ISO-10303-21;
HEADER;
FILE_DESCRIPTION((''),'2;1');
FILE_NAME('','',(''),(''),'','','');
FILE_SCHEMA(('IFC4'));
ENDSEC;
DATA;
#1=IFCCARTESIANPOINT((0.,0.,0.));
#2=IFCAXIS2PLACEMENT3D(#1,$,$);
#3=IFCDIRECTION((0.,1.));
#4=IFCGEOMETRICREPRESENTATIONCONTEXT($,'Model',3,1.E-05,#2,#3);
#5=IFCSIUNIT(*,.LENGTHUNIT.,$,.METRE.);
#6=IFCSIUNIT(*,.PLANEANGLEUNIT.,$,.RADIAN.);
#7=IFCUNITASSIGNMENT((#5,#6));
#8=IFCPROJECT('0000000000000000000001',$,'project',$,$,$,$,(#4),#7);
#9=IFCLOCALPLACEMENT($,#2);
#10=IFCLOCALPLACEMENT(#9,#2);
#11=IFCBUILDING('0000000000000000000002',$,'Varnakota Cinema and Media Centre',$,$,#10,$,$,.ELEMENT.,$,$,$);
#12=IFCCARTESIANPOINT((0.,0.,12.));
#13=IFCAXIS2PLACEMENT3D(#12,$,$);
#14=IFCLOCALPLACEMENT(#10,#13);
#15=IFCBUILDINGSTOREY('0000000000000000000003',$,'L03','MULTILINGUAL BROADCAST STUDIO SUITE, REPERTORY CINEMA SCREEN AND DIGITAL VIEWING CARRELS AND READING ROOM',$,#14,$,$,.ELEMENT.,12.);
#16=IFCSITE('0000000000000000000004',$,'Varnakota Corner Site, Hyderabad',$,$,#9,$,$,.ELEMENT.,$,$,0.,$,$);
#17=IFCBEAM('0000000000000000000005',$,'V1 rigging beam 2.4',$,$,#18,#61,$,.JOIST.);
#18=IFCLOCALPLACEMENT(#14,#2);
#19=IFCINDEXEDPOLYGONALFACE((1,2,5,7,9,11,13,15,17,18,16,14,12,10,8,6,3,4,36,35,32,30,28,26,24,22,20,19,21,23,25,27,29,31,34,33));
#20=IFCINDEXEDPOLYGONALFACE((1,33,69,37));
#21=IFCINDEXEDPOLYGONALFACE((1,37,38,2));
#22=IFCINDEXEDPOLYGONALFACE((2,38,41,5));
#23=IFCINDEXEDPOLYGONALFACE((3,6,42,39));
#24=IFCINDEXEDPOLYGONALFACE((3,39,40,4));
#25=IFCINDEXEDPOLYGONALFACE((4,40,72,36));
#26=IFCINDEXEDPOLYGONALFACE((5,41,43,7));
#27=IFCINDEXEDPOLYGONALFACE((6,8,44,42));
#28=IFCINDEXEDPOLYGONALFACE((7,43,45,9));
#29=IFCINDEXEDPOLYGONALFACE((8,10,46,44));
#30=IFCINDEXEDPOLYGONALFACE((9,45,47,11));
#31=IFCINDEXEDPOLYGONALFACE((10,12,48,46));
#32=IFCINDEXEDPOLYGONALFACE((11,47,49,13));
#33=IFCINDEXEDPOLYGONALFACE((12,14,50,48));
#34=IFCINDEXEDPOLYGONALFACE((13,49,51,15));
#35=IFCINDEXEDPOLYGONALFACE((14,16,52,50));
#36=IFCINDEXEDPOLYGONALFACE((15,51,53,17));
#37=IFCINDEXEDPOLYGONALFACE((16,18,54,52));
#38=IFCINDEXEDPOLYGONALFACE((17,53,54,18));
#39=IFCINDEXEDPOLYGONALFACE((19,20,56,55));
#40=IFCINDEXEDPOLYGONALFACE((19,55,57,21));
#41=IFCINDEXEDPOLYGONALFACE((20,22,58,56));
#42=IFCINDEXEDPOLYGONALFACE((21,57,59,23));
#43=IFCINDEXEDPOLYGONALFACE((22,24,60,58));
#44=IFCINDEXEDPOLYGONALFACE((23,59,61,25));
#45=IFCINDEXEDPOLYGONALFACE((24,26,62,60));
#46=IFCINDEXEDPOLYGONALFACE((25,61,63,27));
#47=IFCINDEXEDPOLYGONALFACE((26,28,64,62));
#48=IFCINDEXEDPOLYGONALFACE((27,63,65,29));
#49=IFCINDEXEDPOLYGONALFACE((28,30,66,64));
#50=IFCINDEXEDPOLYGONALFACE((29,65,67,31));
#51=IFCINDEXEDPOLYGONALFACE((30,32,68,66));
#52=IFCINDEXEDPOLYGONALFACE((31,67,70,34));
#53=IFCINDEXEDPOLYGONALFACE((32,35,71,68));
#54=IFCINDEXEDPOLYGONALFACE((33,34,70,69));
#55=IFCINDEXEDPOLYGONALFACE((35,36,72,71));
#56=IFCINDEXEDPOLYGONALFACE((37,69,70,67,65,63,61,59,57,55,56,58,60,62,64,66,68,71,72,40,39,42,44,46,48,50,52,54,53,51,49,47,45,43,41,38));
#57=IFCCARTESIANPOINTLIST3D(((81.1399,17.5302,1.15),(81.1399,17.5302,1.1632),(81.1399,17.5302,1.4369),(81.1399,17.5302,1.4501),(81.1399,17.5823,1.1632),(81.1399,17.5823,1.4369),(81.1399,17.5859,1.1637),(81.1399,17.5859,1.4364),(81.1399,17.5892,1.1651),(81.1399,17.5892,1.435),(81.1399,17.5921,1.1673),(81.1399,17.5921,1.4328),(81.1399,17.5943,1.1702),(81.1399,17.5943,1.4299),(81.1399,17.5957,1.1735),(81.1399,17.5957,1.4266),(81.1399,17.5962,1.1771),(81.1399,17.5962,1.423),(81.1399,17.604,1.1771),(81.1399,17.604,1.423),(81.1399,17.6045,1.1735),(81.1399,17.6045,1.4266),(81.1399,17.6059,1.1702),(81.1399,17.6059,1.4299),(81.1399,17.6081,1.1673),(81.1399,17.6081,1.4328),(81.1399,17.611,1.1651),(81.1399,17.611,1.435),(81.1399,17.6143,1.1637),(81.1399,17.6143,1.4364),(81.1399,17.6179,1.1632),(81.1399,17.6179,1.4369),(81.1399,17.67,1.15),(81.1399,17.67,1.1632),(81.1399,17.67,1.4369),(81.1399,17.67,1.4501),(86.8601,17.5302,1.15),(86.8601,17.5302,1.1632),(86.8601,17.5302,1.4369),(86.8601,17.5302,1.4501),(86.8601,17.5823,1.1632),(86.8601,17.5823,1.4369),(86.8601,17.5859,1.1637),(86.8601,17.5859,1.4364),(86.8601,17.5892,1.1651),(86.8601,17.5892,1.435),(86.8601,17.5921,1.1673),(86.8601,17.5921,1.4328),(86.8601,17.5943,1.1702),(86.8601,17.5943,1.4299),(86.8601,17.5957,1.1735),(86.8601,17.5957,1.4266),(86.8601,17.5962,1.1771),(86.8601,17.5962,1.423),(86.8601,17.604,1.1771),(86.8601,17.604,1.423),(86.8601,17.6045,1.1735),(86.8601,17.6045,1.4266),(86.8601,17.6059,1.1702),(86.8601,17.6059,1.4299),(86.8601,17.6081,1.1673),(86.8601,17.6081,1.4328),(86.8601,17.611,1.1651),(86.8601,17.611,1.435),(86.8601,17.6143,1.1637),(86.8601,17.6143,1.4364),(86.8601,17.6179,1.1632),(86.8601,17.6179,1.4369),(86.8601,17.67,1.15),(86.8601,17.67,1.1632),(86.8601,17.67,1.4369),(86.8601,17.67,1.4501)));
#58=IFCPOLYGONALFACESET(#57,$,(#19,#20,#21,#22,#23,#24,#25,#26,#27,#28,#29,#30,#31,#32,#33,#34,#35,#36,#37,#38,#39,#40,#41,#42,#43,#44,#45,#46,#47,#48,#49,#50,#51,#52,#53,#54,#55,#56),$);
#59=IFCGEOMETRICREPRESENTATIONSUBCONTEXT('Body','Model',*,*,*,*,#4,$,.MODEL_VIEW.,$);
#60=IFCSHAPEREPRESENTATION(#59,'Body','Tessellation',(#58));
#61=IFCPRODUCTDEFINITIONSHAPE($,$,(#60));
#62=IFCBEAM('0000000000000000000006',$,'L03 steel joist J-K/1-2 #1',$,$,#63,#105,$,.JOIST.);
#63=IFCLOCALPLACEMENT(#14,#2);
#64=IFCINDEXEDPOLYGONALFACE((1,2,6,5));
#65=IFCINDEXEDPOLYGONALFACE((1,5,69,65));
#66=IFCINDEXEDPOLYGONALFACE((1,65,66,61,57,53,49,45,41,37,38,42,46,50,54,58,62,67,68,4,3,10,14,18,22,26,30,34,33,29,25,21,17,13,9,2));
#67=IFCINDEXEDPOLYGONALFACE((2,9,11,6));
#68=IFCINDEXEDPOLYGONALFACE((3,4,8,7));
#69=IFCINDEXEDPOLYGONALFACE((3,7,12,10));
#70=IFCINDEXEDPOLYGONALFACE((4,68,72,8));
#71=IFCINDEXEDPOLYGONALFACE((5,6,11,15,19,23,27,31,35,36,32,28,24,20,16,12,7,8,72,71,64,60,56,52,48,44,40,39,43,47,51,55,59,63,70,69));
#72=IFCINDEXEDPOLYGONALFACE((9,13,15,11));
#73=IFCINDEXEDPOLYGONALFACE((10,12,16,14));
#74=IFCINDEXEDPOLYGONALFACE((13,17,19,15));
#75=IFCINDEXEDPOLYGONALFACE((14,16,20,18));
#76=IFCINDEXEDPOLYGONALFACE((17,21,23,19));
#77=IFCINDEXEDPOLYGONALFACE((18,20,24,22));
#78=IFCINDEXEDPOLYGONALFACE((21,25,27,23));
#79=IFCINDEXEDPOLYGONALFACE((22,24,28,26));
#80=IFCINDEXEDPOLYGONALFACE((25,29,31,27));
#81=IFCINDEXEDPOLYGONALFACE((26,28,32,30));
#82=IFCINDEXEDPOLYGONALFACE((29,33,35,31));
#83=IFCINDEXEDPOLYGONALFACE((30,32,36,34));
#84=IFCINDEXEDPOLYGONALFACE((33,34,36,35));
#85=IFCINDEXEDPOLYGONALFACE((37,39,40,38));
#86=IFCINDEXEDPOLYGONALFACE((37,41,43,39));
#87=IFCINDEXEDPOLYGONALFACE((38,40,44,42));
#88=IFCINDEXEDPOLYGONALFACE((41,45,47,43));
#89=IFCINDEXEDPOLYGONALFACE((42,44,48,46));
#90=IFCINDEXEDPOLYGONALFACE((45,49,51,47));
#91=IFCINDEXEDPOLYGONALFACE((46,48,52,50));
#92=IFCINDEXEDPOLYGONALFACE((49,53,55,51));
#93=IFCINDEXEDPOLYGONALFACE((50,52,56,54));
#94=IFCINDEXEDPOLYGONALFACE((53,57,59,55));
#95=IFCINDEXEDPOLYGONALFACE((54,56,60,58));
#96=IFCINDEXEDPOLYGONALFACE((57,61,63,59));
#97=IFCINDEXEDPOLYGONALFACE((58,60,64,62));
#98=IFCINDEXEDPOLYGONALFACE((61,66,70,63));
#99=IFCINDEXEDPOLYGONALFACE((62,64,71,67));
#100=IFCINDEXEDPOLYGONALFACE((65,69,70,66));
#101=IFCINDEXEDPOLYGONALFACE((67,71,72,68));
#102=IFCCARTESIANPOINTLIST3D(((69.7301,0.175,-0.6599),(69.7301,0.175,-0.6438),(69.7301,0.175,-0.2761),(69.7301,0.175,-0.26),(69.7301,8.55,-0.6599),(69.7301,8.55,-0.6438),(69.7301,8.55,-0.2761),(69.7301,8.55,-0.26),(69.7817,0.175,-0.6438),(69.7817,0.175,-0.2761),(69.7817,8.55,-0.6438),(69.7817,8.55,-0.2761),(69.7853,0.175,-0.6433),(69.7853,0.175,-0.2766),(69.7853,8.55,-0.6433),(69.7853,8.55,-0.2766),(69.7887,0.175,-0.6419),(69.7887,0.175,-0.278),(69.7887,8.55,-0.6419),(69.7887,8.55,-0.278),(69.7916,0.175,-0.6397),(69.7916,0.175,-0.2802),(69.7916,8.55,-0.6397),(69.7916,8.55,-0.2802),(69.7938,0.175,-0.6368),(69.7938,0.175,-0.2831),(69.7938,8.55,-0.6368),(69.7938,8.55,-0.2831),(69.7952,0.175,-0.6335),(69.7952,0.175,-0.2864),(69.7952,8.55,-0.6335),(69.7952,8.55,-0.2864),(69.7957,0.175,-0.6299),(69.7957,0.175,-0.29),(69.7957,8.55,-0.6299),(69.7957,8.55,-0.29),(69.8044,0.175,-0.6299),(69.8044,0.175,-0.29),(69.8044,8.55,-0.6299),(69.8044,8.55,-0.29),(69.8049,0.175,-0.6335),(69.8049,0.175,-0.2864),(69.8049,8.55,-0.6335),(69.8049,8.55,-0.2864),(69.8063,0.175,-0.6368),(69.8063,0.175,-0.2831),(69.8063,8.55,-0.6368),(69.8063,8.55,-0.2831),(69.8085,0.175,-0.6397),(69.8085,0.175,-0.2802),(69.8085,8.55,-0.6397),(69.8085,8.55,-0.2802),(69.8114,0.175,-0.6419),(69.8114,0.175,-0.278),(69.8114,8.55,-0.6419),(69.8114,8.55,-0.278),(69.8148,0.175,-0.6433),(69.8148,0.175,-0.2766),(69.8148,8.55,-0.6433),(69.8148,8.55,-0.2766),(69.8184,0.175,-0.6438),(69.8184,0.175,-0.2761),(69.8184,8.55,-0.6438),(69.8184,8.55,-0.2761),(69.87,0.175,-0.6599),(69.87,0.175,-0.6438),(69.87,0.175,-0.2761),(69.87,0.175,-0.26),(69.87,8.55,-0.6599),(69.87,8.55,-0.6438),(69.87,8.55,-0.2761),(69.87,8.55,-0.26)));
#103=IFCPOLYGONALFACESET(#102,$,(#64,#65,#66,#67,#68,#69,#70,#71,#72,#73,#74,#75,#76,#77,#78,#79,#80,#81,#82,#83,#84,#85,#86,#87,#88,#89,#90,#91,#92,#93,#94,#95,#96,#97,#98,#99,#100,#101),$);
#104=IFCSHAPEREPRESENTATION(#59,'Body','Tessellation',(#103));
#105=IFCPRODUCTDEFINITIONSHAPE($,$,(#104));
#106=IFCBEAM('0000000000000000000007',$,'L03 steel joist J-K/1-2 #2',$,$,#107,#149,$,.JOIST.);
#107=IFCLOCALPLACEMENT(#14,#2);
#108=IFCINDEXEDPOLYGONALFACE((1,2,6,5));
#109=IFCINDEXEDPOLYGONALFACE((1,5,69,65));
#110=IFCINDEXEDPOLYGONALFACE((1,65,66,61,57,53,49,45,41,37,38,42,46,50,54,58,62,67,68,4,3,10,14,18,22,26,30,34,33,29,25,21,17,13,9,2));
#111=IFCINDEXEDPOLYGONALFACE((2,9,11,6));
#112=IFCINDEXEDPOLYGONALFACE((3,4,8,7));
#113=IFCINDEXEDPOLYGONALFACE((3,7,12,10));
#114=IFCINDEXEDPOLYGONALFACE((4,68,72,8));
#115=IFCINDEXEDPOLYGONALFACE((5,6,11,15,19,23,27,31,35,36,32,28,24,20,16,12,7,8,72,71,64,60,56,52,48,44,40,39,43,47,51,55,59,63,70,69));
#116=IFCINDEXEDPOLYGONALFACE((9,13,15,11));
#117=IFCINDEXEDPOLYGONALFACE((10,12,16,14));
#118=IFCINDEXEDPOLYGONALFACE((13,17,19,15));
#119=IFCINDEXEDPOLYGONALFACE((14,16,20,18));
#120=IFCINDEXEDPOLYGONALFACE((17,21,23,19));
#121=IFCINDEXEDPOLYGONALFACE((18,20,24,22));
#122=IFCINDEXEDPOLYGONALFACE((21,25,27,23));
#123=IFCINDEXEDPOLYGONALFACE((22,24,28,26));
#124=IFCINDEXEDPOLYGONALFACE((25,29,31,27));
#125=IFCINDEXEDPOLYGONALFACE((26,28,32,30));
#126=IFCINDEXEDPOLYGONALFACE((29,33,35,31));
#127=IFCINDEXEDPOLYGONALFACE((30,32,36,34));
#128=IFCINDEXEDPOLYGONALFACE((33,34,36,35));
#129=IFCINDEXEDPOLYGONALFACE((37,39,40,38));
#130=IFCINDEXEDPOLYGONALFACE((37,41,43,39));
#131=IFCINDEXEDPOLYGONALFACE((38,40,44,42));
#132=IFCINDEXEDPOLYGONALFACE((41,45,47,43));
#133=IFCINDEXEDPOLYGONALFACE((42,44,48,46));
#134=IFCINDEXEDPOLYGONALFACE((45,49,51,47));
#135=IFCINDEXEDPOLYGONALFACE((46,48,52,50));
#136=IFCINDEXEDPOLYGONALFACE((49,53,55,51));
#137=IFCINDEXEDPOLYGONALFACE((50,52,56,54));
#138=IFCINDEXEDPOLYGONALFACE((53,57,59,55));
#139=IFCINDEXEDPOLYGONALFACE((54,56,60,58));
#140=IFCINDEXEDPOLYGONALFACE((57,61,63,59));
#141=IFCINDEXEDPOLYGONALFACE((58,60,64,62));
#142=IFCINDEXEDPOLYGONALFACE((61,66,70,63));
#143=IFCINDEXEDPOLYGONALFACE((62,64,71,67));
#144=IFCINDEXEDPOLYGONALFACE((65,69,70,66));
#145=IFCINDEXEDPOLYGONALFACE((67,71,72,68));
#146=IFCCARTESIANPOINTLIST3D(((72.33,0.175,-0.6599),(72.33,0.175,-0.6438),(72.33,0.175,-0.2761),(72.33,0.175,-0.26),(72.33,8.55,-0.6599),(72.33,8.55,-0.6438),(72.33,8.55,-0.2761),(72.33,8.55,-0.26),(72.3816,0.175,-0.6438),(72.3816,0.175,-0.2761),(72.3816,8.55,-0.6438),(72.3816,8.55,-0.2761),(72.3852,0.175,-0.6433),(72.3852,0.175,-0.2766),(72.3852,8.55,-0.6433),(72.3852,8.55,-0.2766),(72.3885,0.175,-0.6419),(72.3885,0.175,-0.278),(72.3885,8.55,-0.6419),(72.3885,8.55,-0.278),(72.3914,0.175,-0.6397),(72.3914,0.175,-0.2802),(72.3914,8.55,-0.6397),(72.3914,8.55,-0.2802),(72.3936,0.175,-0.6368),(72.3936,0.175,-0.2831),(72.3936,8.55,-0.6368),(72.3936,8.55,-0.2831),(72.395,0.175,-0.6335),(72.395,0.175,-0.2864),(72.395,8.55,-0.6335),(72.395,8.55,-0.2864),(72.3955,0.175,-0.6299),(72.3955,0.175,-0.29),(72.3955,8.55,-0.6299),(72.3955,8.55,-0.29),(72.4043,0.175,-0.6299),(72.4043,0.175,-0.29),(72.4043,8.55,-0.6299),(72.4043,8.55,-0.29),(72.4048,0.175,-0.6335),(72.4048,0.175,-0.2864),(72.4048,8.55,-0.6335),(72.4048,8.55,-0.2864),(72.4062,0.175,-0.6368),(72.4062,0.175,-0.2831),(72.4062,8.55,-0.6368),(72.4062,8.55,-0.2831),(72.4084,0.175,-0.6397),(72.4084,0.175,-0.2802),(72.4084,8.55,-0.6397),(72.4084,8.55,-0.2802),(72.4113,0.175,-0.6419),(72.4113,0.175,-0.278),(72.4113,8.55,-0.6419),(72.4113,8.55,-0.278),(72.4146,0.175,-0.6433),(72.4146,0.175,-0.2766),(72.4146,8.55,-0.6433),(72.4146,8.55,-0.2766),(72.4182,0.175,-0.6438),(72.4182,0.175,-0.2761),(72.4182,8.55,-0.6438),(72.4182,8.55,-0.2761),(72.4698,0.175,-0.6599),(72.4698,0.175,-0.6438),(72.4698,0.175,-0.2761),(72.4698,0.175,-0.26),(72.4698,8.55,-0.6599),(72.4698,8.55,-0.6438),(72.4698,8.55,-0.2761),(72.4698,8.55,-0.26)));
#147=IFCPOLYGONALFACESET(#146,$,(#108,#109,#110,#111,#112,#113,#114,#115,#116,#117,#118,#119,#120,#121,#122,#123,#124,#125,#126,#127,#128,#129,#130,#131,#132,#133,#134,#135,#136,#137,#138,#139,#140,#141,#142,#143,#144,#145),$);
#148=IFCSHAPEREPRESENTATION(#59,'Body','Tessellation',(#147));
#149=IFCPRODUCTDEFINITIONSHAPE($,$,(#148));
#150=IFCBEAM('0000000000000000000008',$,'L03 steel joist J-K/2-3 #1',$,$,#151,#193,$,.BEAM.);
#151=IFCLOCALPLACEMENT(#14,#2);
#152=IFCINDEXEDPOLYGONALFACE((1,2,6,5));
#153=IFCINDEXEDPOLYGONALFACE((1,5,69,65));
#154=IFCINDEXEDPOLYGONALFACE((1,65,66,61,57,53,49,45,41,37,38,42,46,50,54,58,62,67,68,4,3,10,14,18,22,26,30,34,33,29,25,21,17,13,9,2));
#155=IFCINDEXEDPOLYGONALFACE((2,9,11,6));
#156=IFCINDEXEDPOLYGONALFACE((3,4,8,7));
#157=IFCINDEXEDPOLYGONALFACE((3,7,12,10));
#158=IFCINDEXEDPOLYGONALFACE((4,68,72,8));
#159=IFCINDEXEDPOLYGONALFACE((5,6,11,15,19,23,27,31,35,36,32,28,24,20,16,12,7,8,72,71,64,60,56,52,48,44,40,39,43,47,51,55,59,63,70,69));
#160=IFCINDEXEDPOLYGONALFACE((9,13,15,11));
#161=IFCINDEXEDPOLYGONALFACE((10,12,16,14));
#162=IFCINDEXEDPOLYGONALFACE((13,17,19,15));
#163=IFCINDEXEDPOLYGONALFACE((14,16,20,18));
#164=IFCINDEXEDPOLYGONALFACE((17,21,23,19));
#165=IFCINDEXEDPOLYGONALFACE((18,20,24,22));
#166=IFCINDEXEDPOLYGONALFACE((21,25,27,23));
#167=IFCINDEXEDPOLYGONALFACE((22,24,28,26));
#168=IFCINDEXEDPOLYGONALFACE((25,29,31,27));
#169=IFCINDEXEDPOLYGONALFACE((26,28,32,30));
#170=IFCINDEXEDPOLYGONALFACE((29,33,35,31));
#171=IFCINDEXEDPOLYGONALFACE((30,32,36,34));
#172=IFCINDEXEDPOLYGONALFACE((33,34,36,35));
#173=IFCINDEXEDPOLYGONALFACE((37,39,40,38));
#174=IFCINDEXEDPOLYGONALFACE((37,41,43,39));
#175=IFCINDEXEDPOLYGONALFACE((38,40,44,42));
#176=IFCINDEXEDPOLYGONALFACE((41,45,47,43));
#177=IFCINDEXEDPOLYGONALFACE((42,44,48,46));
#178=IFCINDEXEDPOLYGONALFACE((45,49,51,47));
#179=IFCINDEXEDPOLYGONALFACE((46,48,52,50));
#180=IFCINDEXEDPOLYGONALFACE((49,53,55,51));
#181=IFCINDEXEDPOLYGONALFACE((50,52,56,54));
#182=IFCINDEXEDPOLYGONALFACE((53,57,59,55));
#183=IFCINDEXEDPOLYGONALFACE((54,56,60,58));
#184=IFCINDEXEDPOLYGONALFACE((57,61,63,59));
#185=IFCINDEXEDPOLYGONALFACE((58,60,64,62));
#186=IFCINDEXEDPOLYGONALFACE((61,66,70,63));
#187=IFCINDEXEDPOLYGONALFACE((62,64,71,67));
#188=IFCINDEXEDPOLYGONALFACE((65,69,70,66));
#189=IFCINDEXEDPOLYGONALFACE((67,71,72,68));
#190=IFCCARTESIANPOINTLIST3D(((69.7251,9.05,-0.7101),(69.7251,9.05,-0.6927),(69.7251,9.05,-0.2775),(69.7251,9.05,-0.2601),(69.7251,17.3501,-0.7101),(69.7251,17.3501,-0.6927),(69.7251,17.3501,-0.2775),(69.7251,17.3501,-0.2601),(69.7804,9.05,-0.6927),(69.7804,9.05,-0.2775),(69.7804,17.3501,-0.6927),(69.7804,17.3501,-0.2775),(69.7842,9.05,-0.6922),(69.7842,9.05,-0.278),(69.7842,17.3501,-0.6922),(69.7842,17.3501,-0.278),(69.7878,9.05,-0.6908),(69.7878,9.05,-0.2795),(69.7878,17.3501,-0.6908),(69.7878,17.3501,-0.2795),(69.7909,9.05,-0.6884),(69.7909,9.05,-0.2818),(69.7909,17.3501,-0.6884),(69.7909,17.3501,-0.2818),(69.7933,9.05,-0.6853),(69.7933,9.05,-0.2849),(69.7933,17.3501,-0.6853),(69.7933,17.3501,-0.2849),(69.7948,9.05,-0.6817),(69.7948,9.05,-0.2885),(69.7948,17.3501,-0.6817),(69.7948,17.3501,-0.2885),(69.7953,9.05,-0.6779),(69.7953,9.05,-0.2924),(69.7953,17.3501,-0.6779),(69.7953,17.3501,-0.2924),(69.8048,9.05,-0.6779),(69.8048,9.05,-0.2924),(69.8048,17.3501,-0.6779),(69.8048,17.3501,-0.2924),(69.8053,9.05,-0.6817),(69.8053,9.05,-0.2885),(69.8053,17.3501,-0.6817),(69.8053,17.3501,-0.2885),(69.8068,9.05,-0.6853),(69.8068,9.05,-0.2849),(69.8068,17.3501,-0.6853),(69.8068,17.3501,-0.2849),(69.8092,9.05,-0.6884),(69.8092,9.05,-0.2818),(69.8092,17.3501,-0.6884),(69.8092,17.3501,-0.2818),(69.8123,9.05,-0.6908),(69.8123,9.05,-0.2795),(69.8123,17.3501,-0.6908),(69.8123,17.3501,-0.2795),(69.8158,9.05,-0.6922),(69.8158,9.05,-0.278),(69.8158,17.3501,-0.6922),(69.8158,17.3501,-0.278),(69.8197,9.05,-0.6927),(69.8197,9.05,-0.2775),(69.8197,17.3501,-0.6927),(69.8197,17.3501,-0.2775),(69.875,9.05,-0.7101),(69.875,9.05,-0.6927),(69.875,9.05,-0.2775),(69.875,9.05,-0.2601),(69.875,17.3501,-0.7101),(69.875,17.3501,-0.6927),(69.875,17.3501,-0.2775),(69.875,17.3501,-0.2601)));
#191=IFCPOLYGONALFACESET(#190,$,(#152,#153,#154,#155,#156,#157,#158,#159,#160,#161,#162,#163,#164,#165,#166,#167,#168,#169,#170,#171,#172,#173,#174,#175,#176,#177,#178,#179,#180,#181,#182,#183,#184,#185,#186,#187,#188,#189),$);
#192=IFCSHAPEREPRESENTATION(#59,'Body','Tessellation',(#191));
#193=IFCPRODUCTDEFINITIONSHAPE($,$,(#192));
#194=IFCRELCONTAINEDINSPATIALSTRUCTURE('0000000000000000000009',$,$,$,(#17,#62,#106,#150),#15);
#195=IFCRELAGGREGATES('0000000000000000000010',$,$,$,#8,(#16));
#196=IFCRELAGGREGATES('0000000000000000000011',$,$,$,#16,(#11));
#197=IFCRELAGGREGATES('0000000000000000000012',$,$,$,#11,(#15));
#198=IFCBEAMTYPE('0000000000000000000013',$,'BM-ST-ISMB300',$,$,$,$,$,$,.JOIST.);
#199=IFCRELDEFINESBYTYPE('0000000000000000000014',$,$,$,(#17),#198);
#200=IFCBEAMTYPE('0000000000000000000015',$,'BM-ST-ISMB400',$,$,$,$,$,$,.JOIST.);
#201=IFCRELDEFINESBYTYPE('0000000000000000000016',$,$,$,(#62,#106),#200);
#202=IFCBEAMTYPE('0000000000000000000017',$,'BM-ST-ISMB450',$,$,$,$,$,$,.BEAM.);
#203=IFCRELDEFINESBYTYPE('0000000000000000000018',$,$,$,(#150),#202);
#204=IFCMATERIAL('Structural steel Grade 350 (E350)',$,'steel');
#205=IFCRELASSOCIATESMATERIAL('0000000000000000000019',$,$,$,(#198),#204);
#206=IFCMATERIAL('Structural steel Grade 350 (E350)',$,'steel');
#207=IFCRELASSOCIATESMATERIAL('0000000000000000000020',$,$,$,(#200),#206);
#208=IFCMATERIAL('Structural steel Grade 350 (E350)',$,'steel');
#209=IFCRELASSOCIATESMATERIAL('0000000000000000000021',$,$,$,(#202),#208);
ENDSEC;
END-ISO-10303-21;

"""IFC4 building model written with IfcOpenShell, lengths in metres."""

from ifc_helpers import new_model, si_unit, direction, frame, origin, origin_2d, place, context, subcontext, project, spatial, i_section, extrude, material, material_profile, profile_set, type_object, element, save


model = new_model("IFC4")

# Units and contexts
model_context = context("Model", 3, precision=1e-05, world=origin(), true_north=direction((0.0, 1.0)))
body_context = subcontext(model_context, "Body", "Model", "MODEL_VIEW")
ifc_project = project(units=[si_unit("LENGTHUNIT", "METRE"), si_unit("PLANEANGLEUNIT", "RADIAN")], contexts=[model_context])

# Site, building, storey
site_placement = place(None, origin())
site = spatial("IfcSite", under=ifc_project, at=site_placement, Name="Varnakota Corner Site, Hyderabad", CompositionType="ELEMENT", RefElevation=0.0)
building_placement = place(site_placement, origin())
building = spatial("IfcBuilding", under=site, at=building_placement, Name="Varnakota Cinema and Media Centre", CompositionType="ELEMENT")
storey_placement = place(building_placement, frame((0.0, 0.0, 12.0)))
storey = spatial("IfcBuildingStorey", under=building, at=storey_placement, Name="L03", Description="MULTILINGUAL BROADCAST STUDIO SUITE, REPERTORY CINEMA SCREEN AND DIGITAL VIEWING CARRELS AND READING ROOM", CompositionType="ELEMENT", Elevation=12.0)

# Beams
ifc_material_1 = material(Name="Structural steel Grade 350 (E350)", Category="steel")
ifc_material_profile_1 = material_profile(ifc_material_1, i_section(OverallWidth=0.1399, OverallDepth=0.3, WebThickness=0.0078, FlangeThickness=0.0132, FilletRadius=0.0139, at=origin_2d()), Name="ISMB 300")
ifc_profile_set_1 = profile_set([ifc_material_profile_1], Name="Structural steel Grade 350 (E350)")
beam_type_1 = type_object("IfcBeamType", Name="BM-ST-ISMB300", PredefinedType="JOIST", material=ifc_profile_set_1)
beam_1_placement = place(storey_placement, frame((81.1399, 17.6001, 1.3), z_axis=(1.0, 0.0, 0.0), x_axis=(0.0, 1.0, 0.0)))
element("IfcBeam", 1, at=beam_1_placement, inside=storey, type_object=beam_type_1, Name="V1 rigging beam 2.4", PredefinedType="JOIST", context=body_context, shape_type="SweptSolid", body=[
    extrude(i_section(OverallWidth=0.1399, OverallDepth=0.3, WebThickness=0.0078, FlangeThickness=0.0132, FilletRadius=0.0139, at=origin_2d()), origin(), (0.0, 0.0, 1.0), 5.7202),
])
ifc_material_2 = material(Name="Structural steel Grade 350 (E350)", Category="steel")
ifc_material_profile_2 = material_profile(ifc_material_2, i_section(OverallWidth=0.1399, OverallDepth=0.3999, WebThickness=0.0088, FlangeThickness=0.0161, FilletRadius=0.0139, at=origin_2d()), Name="ISMB 400")
ifc_profile_set_2 = profile_set([ifc_material_profile_2], Name="Structural steel Grade 350 (E350)")
beam_type_2 = type_object("IfcBeamType", Name="BM-ST-ISMB400", PredefinedType="JOIST", material=ifc_profile_set_2)
for number, where, z_axis, x_axis, name in (
    (2, (69.8, 0.175, -0.46), (0.0, 1.0, 0.0), (-1.0, 0.0, 0.0), "L03 steel joist J-K/1-2 #1"),
    (3, (72.3999, 0.175, -0.46), (0.0, 1.0, 0.0), (-1.0, 0.0, 0.0), "L03 steel joist J-K/1-2 #2"),
):
    element("IfcBeam", number, at=place(storey_placement, frame(where, z_axis=z_axis, x_axis=x_axis)), inside=storey, type_object=beam_type_2, Name=name, PredefinedType="JOIST", context=body_context, shape_type="SweptSolid", body=[
        extrude(i_section(OverallWidth=0.1399, OverallDepth=0.3999, WebThickness=0.0088, FlangeThickness=0.0161, FilletRadius=0.0139, at=origin_2d()), origin(), (0.0, 0.0, 1.0), 8.375),
    ])
ifc_material_3 = material(Name="Structural steel Grade 350 (E350)", Category="steel")
ifc_material_profile_3 = material_profile(ifc_material_3, i_section(OverallWidth=0.1499, OverallDepth=0.45, WebThickness=0.0095, FlangeThickness=0.0173, FilletRadius=0.0149, at=origin_2d()), Name="ISMB 450")
ifc_profile_set_3 = profile_set([ifc_material_profile_3], Name="Structural steel Grade 350 (E350)")
beam_type_3 = type_object("IfcBeamType", Name="BM-ST-ISMB450", PredefinedType="BEAM", material=ifc_profile_set_3)
for number, where, z_axis, x_axis, name in (
    (4, (69.8, 9.05, -0.4851), (0.0, 1.0, 0.0), (-1.0, 0.0, 0.0), "L03 steel joist J-K/2-3 #1"),
):
    element("IfcBeam", number, at=place(storey_placement, frame(where, z_axis=z_axis, x_axis=x_axis)), inside=storey, type_object=beam_type_3, Name=name, PredefinedType="BEAM", context=body_context, shape_type="SweptSolid", body=[
        extrude(i_section(OverallWidth=0.1499, OverallDepth=0.45, WebThickness=0.0095, FlangeThickness=0.0173, FilletRadius=0.0149, at=origin_2d()), origin(), (0.0, 0.0, 1.0), 8.3),
    ])

save(model, "model.ifc")
